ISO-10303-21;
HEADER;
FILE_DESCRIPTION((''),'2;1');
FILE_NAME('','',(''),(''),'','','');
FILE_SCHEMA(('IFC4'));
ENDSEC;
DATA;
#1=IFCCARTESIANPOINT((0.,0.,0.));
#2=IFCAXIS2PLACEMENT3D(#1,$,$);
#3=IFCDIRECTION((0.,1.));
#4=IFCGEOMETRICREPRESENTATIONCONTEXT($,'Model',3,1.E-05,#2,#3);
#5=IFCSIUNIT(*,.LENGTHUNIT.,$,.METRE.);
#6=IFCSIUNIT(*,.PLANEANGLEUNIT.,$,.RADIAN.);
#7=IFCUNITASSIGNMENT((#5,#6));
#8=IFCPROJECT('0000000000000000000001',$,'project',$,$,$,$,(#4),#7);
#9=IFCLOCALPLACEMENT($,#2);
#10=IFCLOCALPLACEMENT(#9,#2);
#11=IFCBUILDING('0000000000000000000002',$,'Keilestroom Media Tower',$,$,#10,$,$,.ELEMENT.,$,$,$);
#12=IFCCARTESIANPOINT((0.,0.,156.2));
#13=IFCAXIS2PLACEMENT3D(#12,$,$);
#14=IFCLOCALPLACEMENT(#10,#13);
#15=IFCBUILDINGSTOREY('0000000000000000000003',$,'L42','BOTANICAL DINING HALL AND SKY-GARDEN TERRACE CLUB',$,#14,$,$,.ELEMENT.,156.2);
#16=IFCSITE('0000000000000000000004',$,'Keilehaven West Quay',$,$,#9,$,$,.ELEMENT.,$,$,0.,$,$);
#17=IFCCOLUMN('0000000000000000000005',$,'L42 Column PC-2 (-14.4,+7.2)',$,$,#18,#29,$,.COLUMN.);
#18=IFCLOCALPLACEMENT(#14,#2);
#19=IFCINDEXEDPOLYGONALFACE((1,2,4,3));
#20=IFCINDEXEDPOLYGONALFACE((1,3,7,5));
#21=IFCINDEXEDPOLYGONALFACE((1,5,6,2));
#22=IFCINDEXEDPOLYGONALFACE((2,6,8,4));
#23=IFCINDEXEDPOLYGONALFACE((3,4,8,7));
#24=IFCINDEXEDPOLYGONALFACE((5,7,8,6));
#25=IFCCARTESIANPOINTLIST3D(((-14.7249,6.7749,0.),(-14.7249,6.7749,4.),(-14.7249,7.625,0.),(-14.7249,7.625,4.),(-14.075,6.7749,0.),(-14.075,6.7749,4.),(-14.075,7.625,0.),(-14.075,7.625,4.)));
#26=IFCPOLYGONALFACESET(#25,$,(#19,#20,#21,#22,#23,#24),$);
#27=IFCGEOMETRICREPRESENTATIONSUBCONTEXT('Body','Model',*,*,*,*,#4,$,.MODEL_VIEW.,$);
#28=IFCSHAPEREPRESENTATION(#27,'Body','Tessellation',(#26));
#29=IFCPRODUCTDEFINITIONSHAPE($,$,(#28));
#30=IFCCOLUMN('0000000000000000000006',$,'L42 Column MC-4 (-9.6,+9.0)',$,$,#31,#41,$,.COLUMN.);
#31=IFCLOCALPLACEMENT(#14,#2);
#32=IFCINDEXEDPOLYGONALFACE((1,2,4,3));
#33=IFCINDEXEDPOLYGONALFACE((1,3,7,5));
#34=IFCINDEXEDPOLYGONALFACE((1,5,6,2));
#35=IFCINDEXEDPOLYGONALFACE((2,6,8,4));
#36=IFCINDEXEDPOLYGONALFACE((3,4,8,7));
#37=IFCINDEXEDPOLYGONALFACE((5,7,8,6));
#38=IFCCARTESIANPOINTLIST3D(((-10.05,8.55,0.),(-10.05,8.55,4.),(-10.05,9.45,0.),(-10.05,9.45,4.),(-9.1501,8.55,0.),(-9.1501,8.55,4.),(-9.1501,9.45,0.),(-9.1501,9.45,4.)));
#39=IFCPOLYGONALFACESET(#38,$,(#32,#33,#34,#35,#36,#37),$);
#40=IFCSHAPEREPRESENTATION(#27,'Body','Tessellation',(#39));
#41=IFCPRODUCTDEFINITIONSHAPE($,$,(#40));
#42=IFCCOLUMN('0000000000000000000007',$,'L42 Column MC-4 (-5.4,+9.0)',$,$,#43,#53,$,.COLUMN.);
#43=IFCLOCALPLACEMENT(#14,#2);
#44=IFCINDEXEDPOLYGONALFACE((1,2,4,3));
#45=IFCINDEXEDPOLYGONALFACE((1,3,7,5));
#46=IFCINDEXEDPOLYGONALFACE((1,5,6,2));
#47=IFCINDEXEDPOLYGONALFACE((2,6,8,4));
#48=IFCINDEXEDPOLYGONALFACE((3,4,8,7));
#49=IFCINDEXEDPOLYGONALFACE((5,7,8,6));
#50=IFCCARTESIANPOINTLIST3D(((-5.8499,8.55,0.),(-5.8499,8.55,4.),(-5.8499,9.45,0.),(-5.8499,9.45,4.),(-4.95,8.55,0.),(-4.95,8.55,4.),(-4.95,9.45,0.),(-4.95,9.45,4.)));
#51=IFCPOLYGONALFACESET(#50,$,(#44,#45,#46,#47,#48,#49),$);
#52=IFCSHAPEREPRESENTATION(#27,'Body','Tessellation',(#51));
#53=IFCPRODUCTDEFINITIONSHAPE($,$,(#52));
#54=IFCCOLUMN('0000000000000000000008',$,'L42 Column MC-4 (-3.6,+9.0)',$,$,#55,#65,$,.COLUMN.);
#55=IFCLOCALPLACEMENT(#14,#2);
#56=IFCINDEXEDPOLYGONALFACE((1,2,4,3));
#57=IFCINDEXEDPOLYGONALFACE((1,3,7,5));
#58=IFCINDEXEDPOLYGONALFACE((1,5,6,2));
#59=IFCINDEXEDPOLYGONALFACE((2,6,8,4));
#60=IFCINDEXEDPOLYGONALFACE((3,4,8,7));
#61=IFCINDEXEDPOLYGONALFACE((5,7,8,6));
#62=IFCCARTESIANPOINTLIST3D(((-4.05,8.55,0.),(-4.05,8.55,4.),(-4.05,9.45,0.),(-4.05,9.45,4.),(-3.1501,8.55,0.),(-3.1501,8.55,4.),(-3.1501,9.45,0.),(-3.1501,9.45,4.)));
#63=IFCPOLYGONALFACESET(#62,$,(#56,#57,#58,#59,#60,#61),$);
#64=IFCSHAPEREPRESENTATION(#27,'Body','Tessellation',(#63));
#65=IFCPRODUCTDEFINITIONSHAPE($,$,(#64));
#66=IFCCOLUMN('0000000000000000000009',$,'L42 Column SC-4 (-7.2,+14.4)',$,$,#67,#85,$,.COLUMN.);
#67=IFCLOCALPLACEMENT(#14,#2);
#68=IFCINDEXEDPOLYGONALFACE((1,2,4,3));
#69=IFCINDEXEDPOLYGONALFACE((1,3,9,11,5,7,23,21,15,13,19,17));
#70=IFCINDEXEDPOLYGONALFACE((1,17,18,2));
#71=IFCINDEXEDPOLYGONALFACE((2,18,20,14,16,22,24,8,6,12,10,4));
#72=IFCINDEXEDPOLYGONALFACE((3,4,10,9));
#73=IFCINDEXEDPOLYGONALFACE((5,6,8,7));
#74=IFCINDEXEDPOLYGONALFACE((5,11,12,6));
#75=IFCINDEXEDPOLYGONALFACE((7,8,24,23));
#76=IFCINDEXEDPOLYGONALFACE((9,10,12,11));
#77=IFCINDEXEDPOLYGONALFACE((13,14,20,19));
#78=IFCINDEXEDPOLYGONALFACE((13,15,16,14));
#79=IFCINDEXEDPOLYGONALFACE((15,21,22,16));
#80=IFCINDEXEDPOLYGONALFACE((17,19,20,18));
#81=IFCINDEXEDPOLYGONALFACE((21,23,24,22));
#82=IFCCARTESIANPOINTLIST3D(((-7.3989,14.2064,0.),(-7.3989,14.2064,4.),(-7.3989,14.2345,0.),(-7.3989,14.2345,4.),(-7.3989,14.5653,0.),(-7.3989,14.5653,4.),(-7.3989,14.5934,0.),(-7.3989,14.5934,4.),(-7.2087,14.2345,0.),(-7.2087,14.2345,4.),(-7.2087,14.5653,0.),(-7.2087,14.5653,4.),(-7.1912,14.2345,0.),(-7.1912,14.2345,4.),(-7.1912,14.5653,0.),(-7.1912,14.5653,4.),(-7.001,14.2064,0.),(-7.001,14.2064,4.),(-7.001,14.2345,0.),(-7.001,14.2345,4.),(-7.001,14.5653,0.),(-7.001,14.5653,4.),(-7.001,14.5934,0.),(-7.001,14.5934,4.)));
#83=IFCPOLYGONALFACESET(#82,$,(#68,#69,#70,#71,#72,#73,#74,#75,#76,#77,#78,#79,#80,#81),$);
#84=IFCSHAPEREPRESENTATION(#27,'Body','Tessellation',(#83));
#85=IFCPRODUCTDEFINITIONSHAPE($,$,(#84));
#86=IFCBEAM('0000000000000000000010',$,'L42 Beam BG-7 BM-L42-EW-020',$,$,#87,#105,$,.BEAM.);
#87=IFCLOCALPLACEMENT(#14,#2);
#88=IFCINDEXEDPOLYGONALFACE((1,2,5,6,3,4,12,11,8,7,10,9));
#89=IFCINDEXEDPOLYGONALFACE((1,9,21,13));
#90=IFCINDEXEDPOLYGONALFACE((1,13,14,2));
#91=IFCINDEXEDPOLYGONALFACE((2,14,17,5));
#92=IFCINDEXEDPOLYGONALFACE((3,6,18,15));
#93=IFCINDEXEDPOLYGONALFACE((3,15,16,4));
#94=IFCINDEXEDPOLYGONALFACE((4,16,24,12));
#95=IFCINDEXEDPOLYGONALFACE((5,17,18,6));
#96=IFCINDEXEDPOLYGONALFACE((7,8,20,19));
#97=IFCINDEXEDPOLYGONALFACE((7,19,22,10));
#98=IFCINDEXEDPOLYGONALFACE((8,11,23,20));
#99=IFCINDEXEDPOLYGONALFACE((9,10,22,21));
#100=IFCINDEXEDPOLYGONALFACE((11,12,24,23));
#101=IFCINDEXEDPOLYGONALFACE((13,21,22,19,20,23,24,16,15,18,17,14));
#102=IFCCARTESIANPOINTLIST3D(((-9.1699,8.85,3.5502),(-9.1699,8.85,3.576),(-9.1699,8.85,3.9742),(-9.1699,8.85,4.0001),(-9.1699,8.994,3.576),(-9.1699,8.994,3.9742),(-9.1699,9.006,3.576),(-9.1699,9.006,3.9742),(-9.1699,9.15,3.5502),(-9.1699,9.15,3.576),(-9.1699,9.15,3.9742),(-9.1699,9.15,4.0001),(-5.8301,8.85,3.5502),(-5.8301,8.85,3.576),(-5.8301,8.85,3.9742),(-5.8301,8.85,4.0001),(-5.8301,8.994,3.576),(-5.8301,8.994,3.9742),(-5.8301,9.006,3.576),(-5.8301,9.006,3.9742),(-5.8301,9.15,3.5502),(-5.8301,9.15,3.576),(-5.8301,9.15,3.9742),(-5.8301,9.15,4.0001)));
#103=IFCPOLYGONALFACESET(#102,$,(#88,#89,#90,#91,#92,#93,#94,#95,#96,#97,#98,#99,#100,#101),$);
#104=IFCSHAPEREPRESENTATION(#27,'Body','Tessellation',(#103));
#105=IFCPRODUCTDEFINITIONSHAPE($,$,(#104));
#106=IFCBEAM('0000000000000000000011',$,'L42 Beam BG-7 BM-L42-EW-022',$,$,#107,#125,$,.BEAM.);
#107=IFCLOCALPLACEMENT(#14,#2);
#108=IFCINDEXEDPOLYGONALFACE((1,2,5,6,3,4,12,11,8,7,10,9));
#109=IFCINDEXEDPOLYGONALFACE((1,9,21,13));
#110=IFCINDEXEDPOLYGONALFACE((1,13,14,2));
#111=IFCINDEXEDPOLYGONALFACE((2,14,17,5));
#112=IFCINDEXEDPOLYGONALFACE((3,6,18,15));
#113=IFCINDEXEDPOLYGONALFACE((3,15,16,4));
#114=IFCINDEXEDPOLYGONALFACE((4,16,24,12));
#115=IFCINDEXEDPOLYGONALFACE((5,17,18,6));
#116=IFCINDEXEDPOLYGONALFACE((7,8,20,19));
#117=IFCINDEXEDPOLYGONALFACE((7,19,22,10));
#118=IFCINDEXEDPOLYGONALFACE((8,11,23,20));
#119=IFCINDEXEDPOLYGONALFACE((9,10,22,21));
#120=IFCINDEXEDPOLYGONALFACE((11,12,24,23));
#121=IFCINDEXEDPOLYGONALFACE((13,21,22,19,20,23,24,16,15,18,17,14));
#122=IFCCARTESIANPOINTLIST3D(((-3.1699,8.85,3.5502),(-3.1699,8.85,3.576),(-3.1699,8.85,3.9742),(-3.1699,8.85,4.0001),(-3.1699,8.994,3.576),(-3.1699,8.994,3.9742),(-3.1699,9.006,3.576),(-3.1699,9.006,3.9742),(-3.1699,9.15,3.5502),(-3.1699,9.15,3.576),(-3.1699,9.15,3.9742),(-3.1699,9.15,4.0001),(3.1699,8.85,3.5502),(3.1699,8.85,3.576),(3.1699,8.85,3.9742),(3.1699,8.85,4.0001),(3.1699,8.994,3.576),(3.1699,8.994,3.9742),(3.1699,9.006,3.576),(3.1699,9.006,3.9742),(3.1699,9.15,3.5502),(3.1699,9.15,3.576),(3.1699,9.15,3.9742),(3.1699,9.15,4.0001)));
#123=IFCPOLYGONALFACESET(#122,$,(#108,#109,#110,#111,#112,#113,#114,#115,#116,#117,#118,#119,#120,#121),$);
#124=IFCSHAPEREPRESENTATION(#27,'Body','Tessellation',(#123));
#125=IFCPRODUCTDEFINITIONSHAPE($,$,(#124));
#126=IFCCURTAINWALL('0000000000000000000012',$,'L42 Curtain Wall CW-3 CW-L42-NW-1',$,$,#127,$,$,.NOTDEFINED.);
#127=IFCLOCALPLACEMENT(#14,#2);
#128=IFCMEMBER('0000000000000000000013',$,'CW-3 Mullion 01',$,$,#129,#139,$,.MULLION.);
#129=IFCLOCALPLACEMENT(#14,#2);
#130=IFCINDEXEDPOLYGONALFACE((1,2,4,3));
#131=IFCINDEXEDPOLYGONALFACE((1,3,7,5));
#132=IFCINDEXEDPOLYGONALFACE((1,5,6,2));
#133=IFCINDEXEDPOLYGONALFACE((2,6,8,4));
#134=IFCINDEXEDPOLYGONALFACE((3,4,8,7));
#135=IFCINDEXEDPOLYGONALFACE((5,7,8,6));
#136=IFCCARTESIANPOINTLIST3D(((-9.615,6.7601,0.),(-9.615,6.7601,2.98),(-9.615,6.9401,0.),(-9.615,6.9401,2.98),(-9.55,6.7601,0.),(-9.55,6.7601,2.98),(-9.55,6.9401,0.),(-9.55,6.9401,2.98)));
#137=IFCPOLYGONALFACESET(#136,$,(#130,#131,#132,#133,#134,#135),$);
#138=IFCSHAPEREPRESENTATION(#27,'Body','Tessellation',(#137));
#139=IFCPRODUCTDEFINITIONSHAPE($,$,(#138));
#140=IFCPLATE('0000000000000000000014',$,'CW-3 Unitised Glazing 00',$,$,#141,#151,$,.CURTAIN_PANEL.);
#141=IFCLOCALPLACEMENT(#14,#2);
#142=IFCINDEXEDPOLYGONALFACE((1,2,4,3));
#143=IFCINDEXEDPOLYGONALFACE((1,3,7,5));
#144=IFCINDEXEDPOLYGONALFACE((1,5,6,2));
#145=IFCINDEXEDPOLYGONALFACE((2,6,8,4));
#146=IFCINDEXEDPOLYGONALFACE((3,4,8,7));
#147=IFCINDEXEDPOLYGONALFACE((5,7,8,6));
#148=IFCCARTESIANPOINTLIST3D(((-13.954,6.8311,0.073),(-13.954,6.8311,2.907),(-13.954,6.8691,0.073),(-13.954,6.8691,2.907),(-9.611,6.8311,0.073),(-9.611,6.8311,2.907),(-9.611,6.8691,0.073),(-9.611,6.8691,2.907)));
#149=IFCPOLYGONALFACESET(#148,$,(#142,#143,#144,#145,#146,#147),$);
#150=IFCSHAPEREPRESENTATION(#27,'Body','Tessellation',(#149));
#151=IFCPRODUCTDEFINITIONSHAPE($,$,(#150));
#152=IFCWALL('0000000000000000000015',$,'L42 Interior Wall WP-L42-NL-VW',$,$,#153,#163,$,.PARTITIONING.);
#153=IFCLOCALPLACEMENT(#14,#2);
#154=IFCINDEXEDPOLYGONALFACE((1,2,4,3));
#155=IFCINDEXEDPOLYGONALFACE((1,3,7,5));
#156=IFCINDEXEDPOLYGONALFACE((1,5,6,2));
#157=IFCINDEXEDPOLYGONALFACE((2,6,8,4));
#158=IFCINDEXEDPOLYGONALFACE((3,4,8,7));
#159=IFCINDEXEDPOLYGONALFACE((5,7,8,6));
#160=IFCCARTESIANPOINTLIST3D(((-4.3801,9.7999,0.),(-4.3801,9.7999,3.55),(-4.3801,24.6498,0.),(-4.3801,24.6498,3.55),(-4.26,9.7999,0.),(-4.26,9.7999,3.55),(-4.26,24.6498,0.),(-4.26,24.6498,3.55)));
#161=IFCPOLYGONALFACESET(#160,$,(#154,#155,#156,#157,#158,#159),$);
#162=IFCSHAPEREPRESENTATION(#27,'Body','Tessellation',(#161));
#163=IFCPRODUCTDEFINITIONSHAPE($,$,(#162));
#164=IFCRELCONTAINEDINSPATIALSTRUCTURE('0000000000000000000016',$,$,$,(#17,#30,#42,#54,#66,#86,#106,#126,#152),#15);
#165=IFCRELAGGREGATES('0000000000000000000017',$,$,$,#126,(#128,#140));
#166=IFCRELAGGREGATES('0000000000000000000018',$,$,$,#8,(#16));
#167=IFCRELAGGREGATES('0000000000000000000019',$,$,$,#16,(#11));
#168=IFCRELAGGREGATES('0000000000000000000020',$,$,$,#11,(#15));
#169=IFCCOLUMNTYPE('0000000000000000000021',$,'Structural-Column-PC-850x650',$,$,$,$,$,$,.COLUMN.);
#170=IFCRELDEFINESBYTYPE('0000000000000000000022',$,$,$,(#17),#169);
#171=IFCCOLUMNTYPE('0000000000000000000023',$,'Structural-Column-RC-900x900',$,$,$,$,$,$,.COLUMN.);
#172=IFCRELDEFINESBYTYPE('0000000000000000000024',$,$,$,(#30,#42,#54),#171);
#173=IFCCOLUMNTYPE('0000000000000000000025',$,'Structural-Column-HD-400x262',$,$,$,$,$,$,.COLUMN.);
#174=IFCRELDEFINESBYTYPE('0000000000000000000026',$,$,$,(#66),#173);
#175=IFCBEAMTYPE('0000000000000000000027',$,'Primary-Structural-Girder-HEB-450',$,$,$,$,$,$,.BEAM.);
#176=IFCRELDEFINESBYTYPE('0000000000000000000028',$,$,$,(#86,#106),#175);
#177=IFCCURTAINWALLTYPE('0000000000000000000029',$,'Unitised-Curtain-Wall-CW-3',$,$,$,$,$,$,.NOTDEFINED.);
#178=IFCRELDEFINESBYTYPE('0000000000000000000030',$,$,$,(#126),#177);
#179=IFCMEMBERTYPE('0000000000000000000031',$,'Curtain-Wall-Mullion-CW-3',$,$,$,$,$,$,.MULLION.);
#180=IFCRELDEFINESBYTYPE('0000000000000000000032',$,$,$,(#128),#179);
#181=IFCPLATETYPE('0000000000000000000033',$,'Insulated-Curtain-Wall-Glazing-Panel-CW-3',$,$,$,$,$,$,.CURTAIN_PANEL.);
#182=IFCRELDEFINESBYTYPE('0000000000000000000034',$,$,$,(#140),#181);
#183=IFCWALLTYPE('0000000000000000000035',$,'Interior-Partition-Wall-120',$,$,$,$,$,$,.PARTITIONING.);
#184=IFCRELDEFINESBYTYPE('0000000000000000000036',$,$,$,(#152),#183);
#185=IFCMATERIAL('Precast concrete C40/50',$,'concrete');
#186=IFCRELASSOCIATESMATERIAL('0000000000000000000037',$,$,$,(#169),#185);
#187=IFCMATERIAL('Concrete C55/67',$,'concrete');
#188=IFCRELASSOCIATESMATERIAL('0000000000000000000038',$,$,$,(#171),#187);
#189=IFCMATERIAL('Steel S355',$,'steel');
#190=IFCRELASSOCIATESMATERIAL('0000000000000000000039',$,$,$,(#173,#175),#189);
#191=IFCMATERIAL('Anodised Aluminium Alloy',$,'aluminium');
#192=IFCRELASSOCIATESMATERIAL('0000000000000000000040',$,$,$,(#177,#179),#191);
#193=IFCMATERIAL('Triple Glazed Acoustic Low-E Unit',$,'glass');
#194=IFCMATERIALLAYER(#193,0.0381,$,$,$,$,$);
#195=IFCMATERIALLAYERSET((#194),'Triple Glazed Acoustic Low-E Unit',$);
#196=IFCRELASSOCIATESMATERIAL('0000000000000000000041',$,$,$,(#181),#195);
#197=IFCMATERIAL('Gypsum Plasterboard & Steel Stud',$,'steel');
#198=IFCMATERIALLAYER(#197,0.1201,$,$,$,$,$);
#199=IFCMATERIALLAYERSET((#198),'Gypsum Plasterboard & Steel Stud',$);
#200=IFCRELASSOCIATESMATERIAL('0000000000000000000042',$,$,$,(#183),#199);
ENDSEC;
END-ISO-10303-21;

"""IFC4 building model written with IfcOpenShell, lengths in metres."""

from ifc_helpers import new_model, si_unit, direction, frame, frame_2d, origin, origin_2d, place, context, subcontext, project, spatial, rectangle, i_section, extrude, source, transform, mapped, material, layer, layer_set, material_profile, profile_set, type_object, element, aggregate, save


model = new_model("IFC4")

# Units and contexts
model_context = context("Model", 3, precision=1e-05, world=origin(), true_north=direction((0.0, 1.0)))
body_context = subcontext(model_context, "Body", "Model", "MODEL_VIEW")
ifc_project = project(units=[si_unit("LENGTHUNIT", "METRE"), si_unit("PLANEANGLEUNIT", "RADIAN")], contexts=[model_context])

# Site, building, storey
site_placement = place(None, origin())
site = spatial("IfcSite", under=ifc_project, at=site_placement, Name="Keilehaven West Quay", CompositionType="ELEMENT", RefElevation=0.0)
building_placement = place(site_placement, origin())
building = spatial("IfcBuilding", under=site, at=building_placement, Name="Keilestroom Media Tower", CompositionType="ELEMENT")
storey_placement = place(building_placement, frame((0.0, 0.0, 156.2)))
storey = spatial("IfcBuildingStorey", under=building, at=storey_placement, Name="L42", Description="BOTANICAL DINING HALL AND SKY-GARDEN TERRACE CLUB", CompositionType="ELEMENT", Elevation=156.2)

# Columns
ifc_material_1 = material(Name="Precast concrete C40/50", Category="concrete")
ifc_material_profile_1 = material_profile(ifc_material_1, rectangle(XDim=0.6499, YDim=0.8501, at=origin_2d()), Name="PC 850x650")
ifc_profile_set_1 = profile_set([ifc_material_profile_1], Name="Precast concrete C40/50")
column_type_1 = type_object("IfcColumnType", Name="Structural-Column-PC-850x650", PredefinedType="COLUMN", material=ifc_profile_set_1)
shared_shape_1 = source(origin(), body_context, "Body", "SweptSolid", [
    extrude(rectangle(XDim=0.6499, YDim=0.8501, at=origin_2d()), origin(), (0.0, 0.0, 1.0), 4.0),
])
column_1_placement = place(storey_placement, frame((-14.3999, 7.2, 0.0), z_axis=(0.0, 0.0, 1.0), x_axis=(1.0, 0.0, 0.0)))
element("IfcColumn", 1, at=column_1_placement, inside=storey, type_object=column_type_1, Name="L42 Column PC-2 (-14.4,+7.2)", PredefinedType="COLUMN", context=body_context, shape_type="MappedRepresentation", body=[
    mapped(shared_shape_1, transform((0.0, 0.0, 0.0), x_axis=(1.0, 0.0, 0.0), y_axis=(0.0, 1.0, 0.0), z_axis=(0.0, 0.0, 1.0), scale=1.0)),
])
ifc_material_2 = material(Name="Concrete C55/67", Category="concrete")
ifc_material_profile_2 = material_profile(ifc_material_2, rectangle(XDim=0.8999, YDim=0.8999, at=origin_2d()), Name="RC 900x900")
ifc_profile_set_2 = profile_set([ifc_material_profile_2], Name="Concrete C55/67")
column_type_2 = type_object("IfcColumnType", Name="Structural-Column-RC-900x900", PredefinedType="COLUMN", material=ifc_profile_set_2)
shared_shape_2 = source(origin(), body_context, "Body", "SweptSolid", [
    extrude(rectangle(XDim=0.8999, YDim=0.8999, at=origin_2d()), origin(), (0.0, 0.0, 1.0), 4.0),
])
for number, where, z_axis, x_axis, name in (
    (2, (-9.6001, 9.0, 0.0), (0.0, 0.0, 1.0), (1.0, 0.0, 0.0), "L42 Column MC-4 (-9.6,+9.0)"),
    (3, (-5.3999, 9.0, 0.0), (0.0, 0.0, 1.0), (1.0, 0.0, 0.0), "L42 Column MC-4 (-5.4,+9.0)"),
    (4, (-3.6001, 9.0, 0.0), (0.0, 0.0, 1.0), (1.0, 0.0, 0.0), "L42 Column MC-4 (-3.6,+9.0)"),
):
    element("IfcColumn", number, at=place(storey_placement, frame(where, z_axis=z_axis, x_axis=x_axis)), inside=storey, type_object=column_type_2, Name=name, PredefinedType="COLUMN", context=body_context, shape_type="MappedRepresentation", body=[
        mapped(shared_shape_2, transform((0.0, 0.0, 0.0), x_axis=(1.0, 0.0, 0.0), y_axis=(0.0, 1.0, 0.0), z_axis=(0.0, 0.0, 1.0), scale=1.0)),
    ])
ifc_material_3 = material(Name="Steel S355", Category="steel")
ifc_material_profile_3 = material_profile(ifc_material_3, i_section(OverallWidth=0.3979, OverallDepth=0.387, WebThickness=0.0176, FlangeThickness=0.0281, at=origin_2d()), Name="HD 400x262")
ifc_profile_set_3 = profile_set([ifc_material_profile_3], Name="Steel S355")
column_type_3 = type_object("IfcColumnType", Name="Structural-Column-HD-400x262", PredefinedType="COLUMN", material=ifc_profile_set_3)
shared_shape_3 = source(origin(), body_context, "Body", "SweptSolid", [
    extrude(i_section(OverallWidth=0.3979, OverallDepth=0.387, WebThickness=0.0176, FlangeThickness=0.0281, at=origin_2d()), origin(), (0.0, 0.0, 1.0), 4.0),
])
column_2_placement = place(storey_placement, frame((-7.2, 14.3999, 0.0), z_axis=(0.0, 0.0, 1.0), x_axis=(1.0, 0.0, 0.0)))
element("IfcColumn", 5, at=column_2_placement, inside=storey, type_object=column_type_3, Name="L42 Column SC-4 (-7.2,+14.4)", PredefinedType="COLUMN", context=body_context, shape_type="MappedRepresentation", body=[
    mapped(shared_shape_3, transform((0.0, 0.0, 0.0), x_axis=(1.0, 0.0, 0.0), y_axis=(0.0, 1.0, 0.0), z_axis=(0.0, 0.0, 1.0), scale=1.0)),
])

# Beams
ifc_material_profile_4 = material_profile(ifc_material_3, i_section(OverallWidth=0.3, OverallDepth=0.45, WebThickness=0.012, FlangeThickness=0.0259, at=origin_2d()), Name="HEB 450")
ifc_profile_set_4 = profile_set([ifc_material_profile_4], Name="Steel S355")
beam_type = type_object("IfcBeamType", Name="Primary-Structural-Girder-HEB-450", PredefinedType="BEAM", material=ifc_profile_set_4)
shared_shape_4 = source(origin(), body_context, "Body", "SweptSolid", [
    extrude(i_section(OverallWidth=0.3, OverallDepth=0.45, WebThickness=0.012, FlangeThickness=0.0259, at=origin_2d()), origin(), (0.0, 0.0, 1.0), 3.3398),
])
beam_1_placement = place(storey_placement, frame((-9.1699, 9.0, 3.7751), z_axis=(1.0, 0.0, 0.0), x_axis=(0.0, 1.0, 0.0)))
element("IfcBeam", 6, at=beam_1_placement, inside=storey, type_object=beam_type, Name="L42 Beam BG-7 BM-L42-EW-020", PredefinedType="BEAM", context=body_context, shape_type="MappedRepresentation", body=[
    mapped(shared_shape_4, transform((0.0, 0.0, 0.0), x_axis=(1.0, 0.0, 0.0), y_axis=(0.0, 1.0, 0.0), z_axis=(0.0, 0.0, 1.0), scale=1.0)),
])
shared_shape_5 = source(origin(), body_context, "Body", "SweptSolid", [
    extrude(i_section(OverallWidth=0.3, OverallDepth=0.45, WebThickness=0.012, FlangeThickness=0.0259, at=origin_2d()), origin(), (0.0, 0.0, 1.0), 6.3398),
])
beam_2_placement = place(storey_placement, frame((-3.1699, 9.0, 3.7751), z_axis=(1.0, 0.0, 0.0), x_axis=(0.0, 1.0, 0.0)))
element("IfcBeam", 7, at=beam_2_placement, inside=storey, type_object=beam_type, Name="L42 Beam BG-7 BM-L42-EW-022", PredefinedType="BEAM", context=body_context, shape_type="MappedRepresentation", body=[
    mapped(shared_shape_5, transform((0.0, 0.0, 0.0), x_axis=(1.0, 0.0, 0.0), y_axis=(0.0, 1.0, 0.0), z_axis=(0.0, 0.0, 1.0), scale=1.0)),
])

# Curtain wall, member, plate
ifc_material_4 = material(Name="Anodised Aluminium Alloy", Category="aluminium")
curtain_wall_type = type_object("IfcCurtainWallType", Name="Unitised-Curtain-Wall-CW-3", PredefinedType="NOTDEFINED", material=ifc_material_4)
curtain_wall_placement = place(storey_placement, origin())
curtain_wall = element("IfcCurtainWall", 8, at=curtain_wall_placement, inside=storey, type_object=curtain_wall_type, Name="L42 Curtain Wall CW-3 CW-L42-NW-1", PredefinedType="NOTDEFINED")
ifc_material_profile_5 = material_profile(ifc_material_4, rectangle(XDim=0.0649, YDim=0.1799, at=origin_2d()), Name="ALU MULLION 65x180")
ifc_profile_set_5 = profile_set([ifc_material_profile_5], Name="Anodised Aluminium Alloy")
member_type = type_object("IfcMemberType", Name="Curtain-Wall-Mullion-CW-3", PredefinedType="MULLION", material=ifc_profile_set_5)
shared_shape_6 = source(origin(), body_context, "Body", "SweptSolid", [
    extrude(rectangle(XDim=0.0649, YDim=0.1799, at=origin_2d()), origin(), (0.0, 0.0, 1.0), 2.98),
])
member_placement = place(storey_placement, frame((-9.5825, 6.8501, 0.0), z_axis=(0.0, 0.0, 1.0), x_axis=(1.0, 0.0, 0.0)))
member = element("IfcMember", 9, at=member_placement, type_object=member_type, Name="CW-3 Mullion 01", PredefinedType="MULLION", context=body_context, shape_type="MappedRepresentation", body=[
    mapped(shared_shape_6, transform((0.0, 0.0, 0.0), x_axis=(1.0, 0.0, 0.0), y_axis=(0.0, 1.0, 0.0), z_axis=(0.0, 0.0, 1.0), scale=1.0)),
])
ifc_material_5 = material(Name="Triple Glazed Acoustic Low-E Unit", Category="glass")
ifc_layer_1 = layer(ifc_material_5, 0.0381)
ifc_layer_set_1 = layer_set([ifc_layer_1], Name="Triple Glazed Acoustic Low-E Unit")
plate_type = type_object("IfcPlateType", Name="Insulated-Curtain-Wall-Glazing-Panel-CW-3", PredefinedType="CURTAIN_PANEL", material=ifc_layer_set_1)
shared_shape_7 = source(origin(), body_context, "Body", "SweptSolid", [
    extrude(rectangle(XDim=4.343, YDim=0.0381, at=origin_2d()), origin(), (0.0, 0.0, 1.0), 2.834),
])
plate_placement = place(storey_placement, frame((-11.7825, 6.8501, 0.073), z_axis=(0.0, 0.0, 1.0), x_axis=(1.0, 0.0, 0.0)))
plate = element("IfcPlate", 10, at=plate_placement, type_object=plate_type, Name="CW-3 Unitised Glazing 00", PredefinedType="CURTAIN_PANEL", context=body_context, shape_type="MappedRepresentation", body=[
    mapped(shared_shape_7, transform((0.0, 0.0, 0.0), x_axis=(1.0, 0.0, 0.0), y_axis=(0.0, 1.0, 0.0), z_axis=(0.0, 0.0, 1.0), scale=1.0)),
])
aggregate(curtain_wall, [member, plate])

# Wall
ifc_material_6 = material(Name="Gypsum Plasterboard & Steel Stud", Category="steel")
ifc_layer_2 = layer(ifc_material_6, 0.1201)
ifc_layer_set_2 = layer_set([ifc_layer_2], Name="Gypsum Plasterboard & Steel Stud")
wall_type_1 = type_object("IfcWallType", Name="Interior-Partition-Wall-120", PredefinedType="PARTITIONING", material=ifc_layer_set_2)
wall_1_placement = place(storey_placement, frame((-4.3201, 9.8, 0.0), z_axis=(0.0, 0.0, 1.0), x_axis=(0.0, 1.0, 0.0)))
element("IfcWall", 11, at=wall_1_placement, inside=storey, type_object=wall_type_1, Name="L42 Interior Wall WP-L42-NL-VW", PredefinedType="PARTITIONING", context=body_context, shape_type="SweptSolid", body=[
    extrude(rectangle(XDim=14.8499, YDim=0.1201, at=frame_2d((7.4248, 0.0))), origin(), (0.0, 0.0, 1.0), 3.55),
])

save(model, "model.ifc")
